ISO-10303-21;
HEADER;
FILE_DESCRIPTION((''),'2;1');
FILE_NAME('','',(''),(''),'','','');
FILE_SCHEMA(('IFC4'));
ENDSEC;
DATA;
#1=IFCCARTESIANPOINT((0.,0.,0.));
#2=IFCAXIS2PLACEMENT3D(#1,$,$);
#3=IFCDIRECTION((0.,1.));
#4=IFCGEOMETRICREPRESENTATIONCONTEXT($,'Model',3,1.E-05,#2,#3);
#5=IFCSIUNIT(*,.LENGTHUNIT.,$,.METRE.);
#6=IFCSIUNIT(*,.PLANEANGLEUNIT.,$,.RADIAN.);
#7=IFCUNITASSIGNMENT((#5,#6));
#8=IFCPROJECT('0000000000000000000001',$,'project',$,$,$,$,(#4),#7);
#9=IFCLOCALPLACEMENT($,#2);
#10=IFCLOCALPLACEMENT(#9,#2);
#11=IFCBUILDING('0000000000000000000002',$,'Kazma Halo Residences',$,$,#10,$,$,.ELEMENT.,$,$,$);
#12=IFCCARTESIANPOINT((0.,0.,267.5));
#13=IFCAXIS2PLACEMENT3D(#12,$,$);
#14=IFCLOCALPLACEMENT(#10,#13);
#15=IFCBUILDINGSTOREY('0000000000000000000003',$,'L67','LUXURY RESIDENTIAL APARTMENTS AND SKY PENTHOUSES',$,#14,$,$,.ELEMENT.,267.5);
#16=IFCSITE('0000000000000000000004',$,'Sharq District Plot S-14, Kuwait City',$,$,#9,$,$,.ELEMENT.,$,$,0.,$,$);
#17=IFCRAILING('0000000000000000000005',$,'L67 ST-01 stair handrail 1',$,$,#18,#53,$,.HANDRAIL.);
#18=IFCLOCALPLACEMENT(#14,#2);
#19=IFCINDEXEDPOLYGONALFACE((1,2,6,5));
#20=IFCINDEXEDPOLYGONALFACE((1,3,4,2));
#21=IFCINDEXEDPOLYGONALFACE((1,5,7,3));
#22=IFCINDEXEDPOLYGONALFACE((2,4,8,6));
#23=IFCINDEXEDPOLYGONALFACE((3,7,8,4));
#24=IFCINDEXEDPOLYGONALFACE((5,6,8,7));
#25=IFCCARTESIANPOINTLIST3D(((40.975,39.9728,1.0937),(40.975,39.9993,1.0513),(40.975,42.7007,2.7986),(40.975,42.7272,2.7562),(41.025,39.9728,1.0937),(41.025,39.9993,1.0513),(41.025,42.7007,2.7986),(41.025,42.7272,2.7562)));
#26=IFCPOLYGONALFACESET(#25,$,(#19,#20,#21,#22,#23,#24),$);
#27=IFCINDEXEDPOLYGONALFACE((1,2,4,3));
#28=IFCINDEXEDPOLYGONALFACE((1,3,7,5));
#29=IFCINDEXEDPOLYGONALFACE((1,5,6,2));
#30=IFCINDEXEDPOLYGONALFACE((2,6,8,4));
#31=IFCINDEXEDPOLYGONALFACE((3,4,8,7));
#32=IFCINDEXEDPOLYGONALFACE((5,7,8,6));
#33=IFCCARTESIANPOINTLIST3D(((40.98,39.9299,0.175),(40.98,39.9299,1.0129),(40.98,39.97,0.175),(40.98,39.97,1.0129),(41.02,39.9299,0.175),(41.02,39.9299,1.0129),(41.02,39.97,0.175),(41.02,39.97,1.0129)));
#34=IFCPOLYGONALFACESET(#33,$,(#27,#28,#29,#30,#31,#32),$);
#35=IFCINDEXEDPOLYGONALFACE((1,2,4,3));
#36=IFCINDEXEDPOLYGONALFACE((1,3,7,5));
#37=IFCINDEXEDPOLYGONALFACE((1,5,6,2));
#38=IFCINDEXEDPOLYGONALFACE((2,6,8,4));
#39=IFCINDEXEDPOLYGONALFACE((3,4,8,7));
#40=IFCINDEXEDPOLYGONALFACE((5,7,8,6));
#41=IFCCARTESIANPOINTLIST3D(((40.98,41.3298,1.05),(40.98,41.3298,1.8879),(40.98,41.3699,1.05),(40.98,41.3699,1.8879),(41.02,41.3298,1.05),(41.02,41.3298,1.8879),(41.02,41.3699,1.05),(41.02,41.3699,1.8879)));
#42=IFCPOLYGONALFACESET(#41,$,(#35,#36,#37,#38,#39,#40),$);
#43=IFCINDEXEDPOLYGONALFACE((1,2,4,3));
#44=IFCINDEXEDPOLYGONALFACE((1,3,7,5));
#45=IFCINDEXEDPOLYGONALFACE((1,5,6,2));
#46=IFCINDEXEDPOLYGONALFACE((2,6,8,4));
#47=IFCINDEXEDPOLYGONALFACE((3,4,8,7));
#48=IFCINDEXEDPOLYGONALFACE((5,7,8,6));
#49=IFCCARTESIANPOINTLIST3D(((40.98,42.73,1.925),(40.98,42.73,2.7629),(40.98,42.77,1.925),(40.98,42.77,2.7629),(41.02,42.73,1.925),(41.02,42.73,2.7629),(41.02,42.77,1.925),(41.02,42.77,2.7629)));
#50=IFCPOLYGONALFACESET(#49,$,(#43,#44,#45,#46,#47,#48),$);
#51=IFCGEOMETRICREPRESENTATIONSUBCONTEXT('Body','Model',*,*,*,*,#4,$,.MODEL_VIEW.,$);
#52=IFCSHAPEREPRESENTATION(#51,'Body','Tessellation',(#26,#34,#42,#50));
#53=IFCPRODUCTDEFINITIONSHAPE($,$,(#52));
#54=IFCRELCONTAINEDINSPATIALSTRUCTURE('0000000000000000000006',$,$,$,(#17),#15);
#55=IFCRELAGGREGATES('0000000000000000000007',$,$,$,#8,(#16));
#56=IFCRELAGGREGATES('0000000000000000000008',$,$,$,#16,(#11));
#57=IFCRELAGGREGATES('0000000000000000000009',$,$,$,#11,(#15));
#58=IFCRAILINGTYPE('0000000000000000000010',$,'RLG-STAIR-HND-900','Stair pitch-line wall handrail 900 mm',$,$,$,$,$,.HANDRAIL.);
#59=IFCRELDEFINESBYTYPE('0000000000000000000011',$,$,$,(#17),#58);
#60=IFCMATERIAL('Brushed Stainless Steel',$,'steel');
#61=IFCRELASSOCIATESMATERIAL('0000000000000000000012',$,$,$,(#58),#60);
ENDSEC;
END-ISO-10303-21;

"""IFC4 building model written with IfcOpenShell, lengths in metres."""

from ifc_helpers import new_model, si_unit, direction, frame, origin, origin_2d, place, context, subcontext, project, spatial, rectangle, extrude, material, type_object, element, save


model = new_model("IFC4")

# Units and contexts
model_context = context("Model", 3, precision=1e-05, world=origin(), true_north=direction((0.0, 1.0)))
body_context = subcontext(model_context, "Body", "Model", "MODEL_VIEW")
ifc_project = project(units=[si_unit("LENGTHUNIT", "METRE"), si_unit("PLANEANGLEUNIT", "RADIAN")], contexts=[model_context])

# Site, building, storey
site_placement = place(None, origin())
site = spatial("IfcSite", under=ifc_project, at=site_placement, Name="Sharq District Plot S-14, Kuwait City", CompositionType="ELEMENT", RefElevation=0.0)
building_placement = place(site_placement, origin())
building = spatial("IfcBuilding", under=site, at=building_placement, Name="Kazma Halo Residences", CompositionType="ELEMENT")
storey_placement = place(building_placement, frame((0.0, 0.0, 267.5)))
storey = spatial("IfcBuildingStorey", under=building, at=storey_placement, Name="L67", Description="LUXURY RESIDENTIAL APARTMENTS AND SKY PENTHOUSES", CompositionType="ELEMENT", Elevation=267.5)

# Railing
ifc_material_1 = material(Name="Brushed Stainless Steel", Category="steel")
railing_type_1 = type_object("IfcRailingType", Name="RLG-STAIR-HND-900", Description="Stair pitch-line wall handrail 900 mm", PredefinedType="HANDRAIL", material=ifc_material_1)
railing_1_placement = place(storey_placement, frame((41.0, 39.95, 0.175)))
element("IfcRailing", 1, at=railing_1_placement, inside=storey, type_object=railing_type_1, Name="L67 ST-01 stair handrail 1", PredefinedType="HANDRAIL", context=body_context, shape_type="SweptSolid", body=[
    extrude(rectangle(XDim=0.05, YDim=0.05, at=origin_2d()), frame((0.0, 0.0361, 0.8975), z_axis=(0.0, 0.848002, 0.529992), x_axis=(-1.0, 0.0, 0.0)), (0.0, 0.0, 1.0), 3.2168),
    extrude(rectangle(XDim=0.04, YDim=0.04, at=origin_2d()), origin(), (0.0, 0.0, 1.0), 0.8379),
    extrude(rectangle(XDim=0.04, YDim=0.04, at=origin_2d()), frame((0.0, 1.3999, 0.875)), (0.0, 0.0, 1.0), 0.8379),
    extrude(rectangle(XDim=0.04, YDim=0.04, at=origin_2d()), frame((0.0, 2.8, 1.75)), (0.0, 0.0, 1.0), 0.8379),
])

save(model, "model.ifc")
